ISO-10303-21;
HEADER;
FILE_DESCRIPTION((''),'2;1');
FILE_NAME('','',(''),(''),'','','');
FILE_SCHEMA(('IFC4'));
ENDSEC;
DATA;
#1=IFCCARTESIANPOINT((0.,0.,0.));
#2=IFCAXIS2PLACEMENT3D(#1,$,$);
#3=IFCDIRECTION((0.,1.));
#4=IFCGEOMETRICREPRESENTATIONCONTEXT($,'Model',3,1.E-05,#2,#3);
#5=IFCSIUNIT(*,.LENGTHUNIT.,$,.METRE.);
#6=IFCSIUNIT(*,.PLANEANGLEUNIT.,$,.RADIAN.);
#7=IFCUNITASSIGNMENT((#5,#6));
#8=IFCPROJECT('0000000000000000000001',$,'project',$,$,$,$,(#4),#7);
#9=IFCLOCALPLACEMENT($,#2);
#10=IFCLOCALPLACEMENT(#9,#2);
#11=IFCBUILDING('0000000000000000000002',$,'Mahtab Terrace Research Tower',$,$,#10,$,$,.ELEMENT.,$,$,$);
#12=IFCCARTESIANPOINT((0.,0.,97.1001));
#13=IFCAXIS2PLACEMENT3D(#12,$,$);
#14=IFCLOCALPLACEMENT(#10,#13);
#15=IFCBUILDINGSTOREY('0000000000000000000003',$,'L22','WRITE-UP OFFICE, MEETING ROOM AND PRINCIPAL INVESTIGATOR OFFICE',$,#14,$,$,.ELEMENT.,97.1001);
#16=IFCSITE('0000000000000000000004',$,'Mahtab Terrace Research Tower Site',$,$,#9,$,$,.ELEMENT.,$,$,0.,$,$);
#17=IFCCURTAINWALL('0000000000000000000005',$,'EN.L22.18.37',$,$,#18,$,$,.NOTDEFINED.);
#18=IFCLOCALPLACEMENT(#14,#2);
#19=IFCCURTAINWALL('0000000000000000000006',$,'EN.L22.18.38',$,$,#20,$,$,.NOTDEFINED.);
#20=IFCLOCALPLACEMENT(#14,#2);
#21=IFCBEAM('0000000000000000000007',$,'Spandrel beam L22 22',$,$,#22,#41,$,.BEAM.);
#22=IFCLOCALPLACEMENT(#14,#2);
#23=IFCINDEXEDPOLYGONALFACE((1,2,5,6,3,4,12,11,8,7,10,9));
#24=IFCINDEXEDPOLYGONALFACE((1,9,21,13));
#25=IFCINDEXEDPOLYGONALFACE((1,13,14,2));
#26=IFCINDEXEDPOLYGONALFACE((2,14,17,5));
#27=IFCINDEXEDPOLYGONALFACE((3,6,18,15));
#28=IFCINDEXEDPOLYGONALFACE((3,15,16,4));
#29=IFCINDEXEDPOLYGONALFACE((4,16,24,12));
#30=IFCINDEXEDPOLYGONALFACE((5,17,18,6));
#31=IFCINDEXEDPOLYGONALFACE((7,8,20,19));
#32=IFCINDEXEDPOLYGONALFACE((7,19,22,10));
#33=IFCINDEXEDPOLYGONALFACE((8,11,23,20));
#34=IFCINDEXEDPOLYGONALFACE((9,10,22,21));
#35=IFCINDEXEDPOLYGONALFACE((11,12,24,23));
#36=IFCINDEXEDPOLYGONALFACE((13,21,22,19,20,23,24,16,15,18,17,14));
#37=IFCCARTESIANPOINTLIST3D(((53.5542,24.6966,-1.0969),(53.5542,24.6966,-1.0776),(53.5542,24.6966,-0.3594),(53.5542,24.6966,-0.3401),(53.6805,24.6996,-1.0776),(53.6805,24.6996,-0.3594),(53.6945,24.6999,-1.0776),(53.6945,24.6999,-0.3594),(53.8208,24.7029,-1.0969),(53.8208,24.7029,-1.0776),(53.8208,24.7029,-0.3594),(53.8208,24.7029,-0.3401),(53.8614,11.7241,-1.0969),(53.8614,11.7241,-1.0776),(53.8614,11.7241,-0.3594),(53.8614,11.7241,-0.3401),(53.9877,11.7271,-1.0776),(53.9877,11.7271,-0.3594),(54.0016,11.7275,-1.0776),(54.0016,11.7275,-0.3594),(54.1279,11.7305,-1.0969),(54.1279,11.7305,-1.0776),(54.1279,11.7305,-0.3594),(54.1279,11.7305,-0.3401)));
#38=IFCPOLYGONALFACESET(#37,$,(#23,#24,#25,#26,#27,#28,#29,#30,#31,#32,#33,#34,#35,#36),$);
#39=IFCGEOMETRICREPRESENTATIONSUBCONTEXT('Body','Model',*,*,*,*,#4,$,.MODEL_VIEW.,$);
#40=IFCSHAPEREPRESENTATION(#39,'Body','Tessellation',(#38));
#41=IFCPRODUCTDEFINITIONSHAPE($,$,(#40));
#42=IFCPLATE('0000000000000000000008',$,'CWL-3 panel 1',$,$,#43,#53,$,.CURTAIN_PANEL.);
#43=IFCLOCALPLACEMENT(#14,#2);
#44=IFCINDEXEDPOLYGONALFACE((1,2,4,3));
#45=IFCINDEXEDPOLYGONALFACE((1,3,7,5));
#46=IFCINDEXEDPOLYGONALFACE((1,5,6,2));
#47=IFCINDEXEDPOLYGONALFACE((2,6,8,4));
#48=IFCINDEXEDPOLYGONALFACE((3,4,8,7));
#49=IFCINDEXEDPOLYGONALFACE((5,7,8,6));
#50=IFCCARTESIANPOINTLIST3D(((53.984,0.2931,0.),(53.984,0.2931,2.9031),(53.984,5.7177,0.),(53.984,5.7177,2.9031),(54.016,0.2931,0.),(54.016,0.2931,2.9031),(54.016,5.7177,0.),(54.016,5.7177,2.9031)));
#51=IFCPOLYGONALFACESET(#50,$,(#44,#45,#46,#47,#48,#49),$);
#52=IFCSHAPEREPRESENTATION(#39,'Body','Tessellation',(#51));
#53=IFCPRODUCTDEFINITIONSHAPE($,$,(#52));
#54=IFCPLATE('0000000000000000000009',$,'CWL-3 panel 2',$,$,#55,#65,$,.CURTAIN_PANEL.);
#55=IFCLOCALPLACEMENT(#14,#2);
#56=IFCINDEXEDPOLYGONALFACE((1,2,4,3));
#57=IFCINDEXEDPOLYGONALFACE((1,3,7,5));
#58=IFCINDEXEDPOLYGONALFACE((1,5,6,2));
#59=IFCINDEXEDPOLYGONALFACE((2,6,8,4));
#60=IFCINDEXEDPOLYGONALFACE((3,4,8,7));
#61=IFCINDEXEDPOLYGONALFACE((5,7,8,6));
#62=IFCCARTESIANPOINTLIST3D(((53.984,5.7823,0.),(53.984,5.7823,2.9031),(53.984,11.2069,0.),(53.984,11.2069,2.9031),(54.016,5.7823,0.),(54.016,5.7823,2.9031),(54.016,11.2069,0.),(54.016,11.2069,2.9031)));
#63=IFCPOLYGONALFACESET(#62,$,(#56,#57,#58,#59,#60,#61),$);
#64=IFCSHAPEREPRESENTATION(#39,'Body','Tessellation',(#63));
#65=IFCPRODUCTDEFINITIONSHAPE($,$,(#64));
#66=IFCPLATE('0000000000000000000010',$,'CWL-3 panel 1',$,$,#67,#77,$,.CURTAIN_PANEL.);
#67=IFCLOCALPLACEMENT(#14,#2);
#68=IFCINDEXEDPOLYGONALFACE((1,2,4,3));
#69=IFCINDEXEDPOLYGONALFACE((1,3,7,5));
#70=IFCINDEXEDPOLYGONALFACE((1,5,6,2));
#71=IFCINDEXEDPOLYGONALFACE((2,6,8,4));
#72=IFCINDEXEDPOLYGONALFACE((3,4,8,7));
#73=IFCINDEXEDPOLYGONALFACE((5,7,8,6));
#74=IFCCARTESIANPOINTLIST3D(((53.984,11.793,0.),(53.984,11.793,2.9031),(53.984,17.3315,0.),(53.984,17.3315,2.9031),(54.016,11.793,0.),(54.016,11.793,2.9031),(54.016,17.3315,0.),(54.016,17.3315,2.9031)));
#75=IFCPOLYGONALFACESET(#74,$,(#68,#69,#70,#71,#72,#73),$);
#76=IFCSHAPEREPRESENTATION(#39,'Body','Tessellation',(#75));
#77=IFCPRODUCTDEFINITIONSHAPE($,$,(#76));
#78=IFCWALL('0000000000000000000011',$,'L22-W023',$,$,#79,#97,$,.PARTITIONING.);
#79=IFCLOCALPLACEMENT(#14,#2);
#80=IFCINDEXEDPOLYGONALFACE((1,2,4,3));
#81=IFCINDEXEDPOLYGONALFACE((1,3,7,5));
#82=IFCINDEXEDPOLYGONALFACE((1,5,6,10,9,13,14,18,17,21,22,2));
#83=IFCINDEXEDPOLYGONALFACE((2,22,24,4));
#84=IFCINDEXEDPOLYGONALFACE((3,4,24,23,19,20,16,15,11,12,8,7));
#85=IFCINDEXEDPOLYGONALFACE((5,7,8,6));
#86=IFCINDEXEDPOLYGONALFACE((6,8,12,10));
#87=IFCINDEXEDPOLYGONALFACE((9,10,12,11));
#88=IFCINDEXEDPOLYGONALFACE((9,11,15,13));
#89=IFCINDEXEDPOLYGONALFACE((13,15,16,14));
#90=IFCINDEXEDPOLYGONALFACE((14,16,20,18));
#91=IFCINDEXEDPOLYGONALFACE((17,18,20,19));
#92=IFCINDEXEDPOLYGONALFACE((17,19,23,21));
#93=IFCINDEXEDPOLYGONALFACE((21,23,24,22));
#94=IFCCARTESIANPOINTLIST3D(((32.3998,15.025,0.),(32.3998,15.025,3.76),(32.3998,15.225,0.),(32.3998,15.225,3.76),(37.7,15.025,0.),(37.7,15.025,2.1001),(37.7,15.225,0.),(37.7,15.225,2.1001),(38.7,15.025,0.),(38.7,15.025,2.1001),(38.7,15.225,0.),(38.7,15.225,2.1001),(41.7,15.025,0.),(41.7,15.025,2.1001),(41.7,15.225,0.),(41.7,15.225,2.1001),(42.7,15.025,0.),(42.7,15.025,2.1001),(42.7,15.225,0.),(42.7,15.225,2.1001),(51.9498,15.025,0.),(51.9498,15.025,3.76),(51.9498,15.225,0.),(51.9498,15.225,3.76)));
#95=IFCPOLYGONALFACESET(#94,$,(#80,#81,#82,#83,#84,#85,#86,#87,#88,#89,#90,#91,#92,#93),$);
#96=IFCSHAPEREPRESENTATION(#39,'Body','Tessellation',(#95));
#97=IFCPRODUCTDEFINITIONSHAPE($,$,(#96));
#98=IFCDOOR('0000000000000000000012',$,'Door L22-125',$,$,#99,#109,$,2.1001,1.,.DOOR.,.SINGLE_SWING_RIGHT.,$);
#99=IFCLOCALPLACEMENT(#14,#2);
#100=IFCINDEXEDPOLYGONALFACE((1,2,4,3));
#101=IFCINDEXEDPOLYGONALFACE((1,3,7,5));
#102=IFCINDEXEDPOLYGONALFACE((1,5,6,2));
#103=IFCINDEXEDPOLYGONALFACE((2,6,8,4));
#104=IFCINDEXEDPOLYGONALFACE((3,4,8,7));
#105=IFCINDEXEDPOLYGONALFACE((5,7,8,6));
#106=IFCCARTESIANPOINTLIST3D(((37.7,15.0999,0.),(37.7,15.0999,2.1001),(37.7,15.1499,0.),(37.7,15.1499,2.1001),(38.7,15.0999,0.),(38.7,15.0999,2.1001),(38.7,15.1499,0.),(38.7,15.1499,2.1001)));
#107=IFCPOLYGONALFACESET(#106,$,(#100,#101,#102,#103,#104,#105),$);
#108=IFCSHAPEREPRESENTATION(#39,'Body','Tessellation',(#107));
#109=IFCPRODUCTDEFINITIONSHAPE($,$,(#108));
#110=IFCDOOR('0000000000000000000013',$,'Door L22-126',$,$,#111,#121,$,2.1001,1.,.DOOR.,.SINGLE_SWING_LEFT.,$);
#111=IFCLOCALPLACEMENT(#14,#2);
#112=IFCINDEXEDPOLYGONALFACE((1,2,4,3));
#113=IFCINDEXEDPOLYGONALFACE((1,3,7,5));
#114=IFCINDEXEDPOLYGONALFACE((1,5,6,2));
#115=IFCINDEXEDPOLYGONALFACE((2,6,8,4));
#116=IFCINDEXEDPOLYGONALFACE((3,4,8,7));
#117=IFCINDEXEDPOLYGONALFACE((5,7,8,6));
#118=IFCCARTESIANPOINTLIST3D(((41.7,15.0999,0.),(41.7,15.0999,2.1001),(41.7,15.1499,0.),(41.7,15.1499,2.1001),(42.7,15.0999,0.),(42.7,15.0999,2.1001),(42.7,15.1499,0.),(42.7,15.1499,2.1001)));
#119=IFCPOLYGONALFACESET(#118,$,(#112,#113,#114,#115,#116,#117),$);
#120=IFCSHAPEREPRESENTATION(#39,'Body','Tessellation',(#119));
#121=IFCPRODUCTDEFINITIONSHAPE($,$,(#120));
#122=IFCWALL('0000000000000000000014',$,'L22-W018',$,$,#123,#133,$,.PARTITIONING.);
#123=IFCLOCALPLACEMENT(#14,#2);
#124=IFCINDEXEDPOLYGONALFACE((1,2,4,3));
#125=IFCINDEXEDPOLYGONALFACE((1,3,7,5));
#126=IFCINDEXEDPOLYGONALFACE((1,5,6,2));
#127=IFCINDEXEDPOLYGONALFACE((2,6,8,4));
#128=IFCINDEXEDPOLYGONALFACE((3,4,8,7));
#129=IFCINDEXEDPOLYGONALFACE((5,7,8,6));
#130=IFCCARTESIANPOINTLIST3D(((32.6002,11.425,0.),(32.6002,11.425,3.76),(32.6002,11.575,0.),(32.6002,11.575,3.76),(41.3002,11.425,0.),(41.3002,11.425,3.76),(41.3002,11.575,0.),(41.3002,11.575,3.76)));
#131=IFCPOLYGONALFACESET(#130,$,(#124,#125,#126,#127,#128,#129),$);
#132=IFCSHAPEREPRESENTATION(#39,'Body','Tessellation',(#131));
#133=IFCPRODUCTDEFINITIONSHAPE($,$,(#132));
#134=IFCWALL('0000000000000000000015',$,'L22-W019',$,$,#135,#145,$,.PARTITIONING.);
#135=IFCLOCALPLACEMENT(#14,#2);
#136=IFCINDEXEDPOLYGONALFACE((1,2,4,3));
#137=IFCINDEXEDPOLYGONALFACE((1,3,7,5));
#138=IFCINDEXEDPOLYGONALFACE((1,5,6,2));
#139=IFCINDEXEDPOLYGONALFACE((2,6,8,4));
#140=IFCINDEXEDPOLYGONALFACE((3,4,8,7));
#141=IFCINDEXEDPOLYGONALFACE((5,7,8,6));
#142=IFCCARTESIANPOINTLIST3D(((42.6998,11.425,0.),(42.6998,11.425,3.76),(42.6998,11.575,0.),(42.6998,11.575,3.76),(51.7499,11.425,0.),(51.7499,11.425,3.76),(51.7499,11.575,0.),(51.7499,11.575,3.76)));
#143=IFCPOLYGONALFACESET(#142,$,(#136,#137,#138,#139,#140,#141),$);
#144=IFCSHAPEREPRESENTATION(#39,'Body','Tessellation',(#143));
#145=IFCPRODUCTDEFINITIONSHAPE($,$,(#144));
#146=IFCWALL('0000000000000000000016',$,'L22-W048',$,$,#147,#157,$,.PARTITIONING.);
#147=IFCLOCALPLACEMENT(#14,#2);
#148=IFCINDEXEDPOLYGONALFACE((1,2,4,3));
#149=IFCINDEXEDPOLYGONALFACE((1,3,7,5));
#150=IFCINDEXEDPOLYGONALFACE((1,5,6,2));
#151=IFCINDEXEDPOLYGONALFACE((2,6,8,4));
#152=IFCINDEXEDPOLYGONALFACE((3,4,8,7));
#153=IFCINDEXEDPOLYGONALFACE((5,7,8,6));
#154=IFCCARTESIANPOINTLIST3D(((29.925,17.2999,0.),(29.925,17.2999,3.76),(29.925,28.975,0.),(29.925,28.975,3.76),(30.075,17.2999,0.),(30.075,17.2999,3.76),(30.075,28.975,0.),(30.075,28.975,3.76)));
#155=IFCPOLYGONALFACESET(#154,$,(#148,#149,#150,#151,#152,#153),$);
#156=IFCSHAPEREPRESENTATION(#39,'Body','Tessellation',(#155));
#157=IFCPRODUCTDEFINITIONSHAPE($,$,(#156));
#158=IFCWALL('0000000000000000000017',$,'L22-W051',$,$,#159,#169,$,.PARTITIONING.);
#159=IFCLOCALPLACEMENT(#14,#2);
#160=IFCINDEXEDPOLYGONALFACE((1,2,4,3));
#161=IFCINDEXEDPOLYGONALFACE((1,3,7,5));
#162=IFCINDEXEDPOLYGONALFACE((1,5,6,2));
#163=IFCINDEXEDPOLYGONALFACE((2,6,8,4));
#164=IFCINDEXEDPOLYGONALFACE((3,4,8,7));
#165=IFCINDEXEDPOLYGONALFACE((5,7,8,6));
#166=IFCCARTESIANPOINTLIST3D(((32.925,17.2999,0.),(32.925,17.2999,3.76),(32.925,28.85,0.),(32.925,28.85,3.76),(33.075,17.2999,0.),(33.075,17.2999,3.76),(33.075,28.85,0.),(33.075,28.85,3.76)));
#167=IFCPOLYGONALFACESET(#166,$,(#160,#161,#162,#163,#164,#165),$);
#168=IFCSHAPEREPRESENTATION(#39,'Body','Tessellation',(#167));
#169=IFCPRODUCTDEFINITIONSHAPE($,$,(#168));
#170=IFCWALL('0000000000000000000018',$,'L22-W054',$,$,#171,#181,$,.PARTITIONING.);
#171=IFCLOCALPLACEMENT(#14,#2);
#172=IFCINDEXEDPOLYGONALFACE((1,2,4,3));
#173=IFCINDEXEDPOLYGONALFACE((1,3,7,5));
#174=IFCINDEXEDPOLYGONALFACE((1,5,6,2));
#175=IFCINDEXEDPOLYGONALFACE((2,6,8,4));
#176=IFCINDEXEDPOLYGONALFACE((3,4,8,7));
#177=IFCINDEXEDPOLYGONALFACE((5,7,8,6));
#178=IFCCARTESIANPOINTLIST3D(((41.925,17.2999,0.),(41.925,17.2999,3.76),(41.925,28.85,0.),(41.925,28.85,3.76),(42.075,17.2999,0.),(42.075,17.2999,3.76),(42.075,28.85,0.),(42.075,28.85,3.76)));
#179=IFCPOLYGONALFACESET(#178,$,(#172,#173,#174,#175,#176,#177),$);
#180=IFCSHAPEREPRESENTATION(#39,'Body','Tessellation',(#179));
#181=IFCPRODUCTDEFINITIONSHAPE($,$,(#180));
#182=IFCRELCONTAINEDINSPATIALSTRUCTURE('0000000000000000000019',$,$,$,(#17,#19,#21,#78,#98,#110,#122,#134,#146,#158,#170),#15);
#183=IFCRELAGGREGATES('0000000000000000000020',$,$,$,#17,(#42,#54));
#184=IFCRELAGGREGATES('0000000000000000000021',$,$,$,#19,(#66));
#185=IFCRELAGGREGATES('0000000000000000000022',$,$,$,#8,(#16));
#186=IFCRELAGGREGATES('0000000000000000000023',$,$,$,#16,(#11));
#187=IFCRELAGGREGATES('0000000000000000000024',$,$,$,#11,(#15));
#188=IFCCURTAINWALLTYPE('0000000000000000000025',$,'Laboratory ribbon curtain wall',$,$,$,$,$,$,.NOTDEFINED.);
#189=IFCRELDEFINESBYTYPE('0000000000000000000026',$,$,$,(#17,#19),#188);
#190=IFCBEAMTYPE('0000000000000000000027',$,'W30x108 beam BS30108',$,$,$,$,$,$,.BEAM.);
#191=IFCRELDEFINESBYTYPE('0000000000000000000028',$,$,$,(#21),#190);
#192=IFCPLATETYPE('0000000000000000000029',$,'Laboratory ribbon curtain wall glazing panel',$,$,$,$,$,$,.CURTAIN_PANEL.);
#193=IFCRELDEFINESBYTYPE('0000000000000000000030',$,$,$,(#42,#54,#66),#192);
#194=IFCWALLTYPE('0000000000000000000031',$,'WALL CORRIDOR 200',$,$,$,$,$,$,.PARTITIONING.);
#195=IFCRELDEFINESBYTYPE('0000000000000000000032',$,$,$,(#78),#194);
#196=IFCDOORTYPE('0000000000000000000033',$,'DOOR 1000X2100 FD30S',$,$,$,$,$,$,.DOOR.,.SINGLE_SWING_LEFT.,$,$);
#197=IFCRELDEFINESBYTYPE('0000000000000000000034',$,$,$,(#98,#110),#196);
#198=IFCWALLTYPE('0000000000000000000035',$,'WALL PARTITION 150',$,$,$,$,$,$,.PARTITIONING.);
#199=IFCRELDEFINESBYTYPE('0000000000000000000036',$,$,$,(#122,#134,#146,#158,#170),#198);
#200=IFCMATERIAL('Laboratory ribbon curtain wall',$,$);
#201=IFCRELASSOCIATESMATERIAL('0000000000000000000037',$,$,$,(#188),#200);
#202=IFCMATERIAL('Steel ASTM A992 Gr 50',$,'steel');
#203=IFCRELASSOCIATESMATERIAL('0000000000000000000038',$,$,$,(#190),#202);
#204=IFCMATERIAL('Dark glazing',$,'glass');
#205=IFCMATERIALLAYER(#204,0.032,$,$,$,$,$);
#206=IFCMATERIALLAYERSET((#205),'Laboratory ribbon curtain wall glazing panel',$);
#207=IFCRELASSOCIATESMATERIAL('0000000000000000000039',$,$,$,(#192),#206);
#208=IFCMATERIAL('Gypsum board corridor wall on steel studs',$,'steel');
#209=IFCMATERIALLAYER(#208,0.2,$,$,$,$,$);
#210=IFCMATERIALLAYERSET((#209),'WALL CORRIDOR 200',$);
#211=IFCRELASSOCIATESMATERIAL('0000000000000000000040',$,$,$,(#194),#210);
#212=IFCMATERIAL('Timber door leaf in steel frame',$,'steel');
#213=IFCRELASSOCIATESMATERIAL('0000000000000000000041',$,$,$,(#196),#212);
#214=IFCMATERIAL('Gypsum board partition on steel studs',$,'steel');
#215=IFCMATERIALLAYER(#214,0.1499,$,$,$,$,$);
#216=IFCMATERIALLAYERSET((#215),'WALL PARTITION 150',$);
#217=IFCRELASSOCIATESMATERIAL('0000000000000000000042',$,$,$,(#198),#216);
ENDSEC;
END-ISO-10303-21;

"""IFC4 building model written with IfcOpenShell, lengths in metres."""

from ifc_helpers import new_model, si_unit, direction, frame, frame_2d, origin, origin_2d, place, context, subcontext, project, spatial, rectangle, i_section, extrude, material, layer, layer_set, material_profile, profile_set, type_object, element, fill, aggregate, save


model = new_model("IFC4")

# Units and contexts
model_context = context("Model", 3, precision=1e-05, world=origin(), true_north=direction((0.0, 1.0)))
body_context = subcontext(model_context, "Body", "Model", "MODEL_VIEW")
ifc_project = project(units=[si_unit("LENGTHUNIT", "METRE"), si_unit("PLANEANGLEUNIT", "RADIAN")], contexts=[model_context])

# Site, building, storey
site_placement = place(None, origin())
site = spatial("IfcSite", under=ifc_project, at=site_placement, Name="Mahtab Terrace Research Tower Site", CompositionType="ELEMENT", RefElevation=0.0)
building_placement = place(site_placement, origin())
building = spatial("IfcBuilding", under=site, at=building_placement, Name="Mahtab Terrace Research Tower", CompositionType="ELEMENT")
storey_placement = place(building_placement, frame((0.0, 0.0, 97.1001)))
storey = spatial("IfcBuildingStorey", under=building, at=storey_placement, Name="L22", Description="WRITE-UP OFFICE, MEETING ROOM AND PRINCIPAL INVESTIGATOR OFFICE", CompositionType="ELEMENT", Elevation=97.1001)

# Shared definitions
ifc_material_1 = material(Name="Steel ASTM A992 Gr 50", Category="steel")

# Curtain walls
ifc_material_2 = material(Name="Laboratory ribbon curtain wall")
curtain_wall_type = type_object("IfcCurtainWallType", Name="Laboratory ribbon curtain wall", PredefinedType="NOTDEFINED", material=ifc_material_2)
curtain_wall_1_placement = place(storey_placement, origin())
curtain_wall_1 = element("IfcCurtainWall", 1, at=curtain_wall_1_placement, inside=storey, type_object=curtain_wall_type, Name="EN.L22.18.37", PredefinedType="NOTDEFINED")
curtain_wall_2_placement = place(storey_placement, origin())
curtain_wall_2 = element("IfcCurtainWall", 2, at=curtain_wall_2_placement, inside=storey, type_object=curtain_wall_type, Name="EN.L22.18.38", PredefinedType="NOTDEFINED")

# Beam
ifc_material_profile_1 = material_profile(ifc_material_1, i_section(OverallWidth=0.2666, OverallDepth=0.7568, WebThickness=0.0139, FlangeThickness=0.0193, at=origin_2d()), Name="W30X108")
ifc_profile_set_1 = profile_set([ifc_material_profile_1], Name="Steel ASTM A992 Gr 50")
beam_type = type_object("IfcBeamType", Name="W30x108 beam BS30108", PredefinedType="BEAM", material=ifc_profile_set_1)
beam_1_placement = place(storey_placement, frame((53.9946, 11.7273, -0.7185), z_axis=(-0.023669, 0.99972, 0.0), x_axis=(-0.99972, -0.023669, 0.0)))
element("IfcBeam", 3, at=beam_1_placement, inside=storey, type_object=beam_type, Name="Spandrel beam L22 22", PredefinedType="BEAM", context=body_context, shape_type="SweptSolid", body=[
    extrude(i_section(OverallWidth=0.2666, OverallDepth=0.7568, WebThickness=0.0139, FlangeThickness=0.0193, at=origin_2d()), origin(), (0.0, 0.0, 1.0), 12.9761),
])

# Plates
ifc_material_3 = material(Name="Dark glazing", Category="glass")
ifc_layer_1 = layer(ifc_material_3, 0.032)
ifc_layer_set_1 = layer_set([ifc_layer_1], Name="Laboratory ribbon curtain wall glazing panel")
plate_type = type_object("IfcPlateType", Name="Laboratory ribbon curtain wall glazing panel", PredefinedType="CURTAIN_PANEL", material=ifc_layer_set_1)
plate_1_placement = place(storey_placement, frame((54.0, 3.0054, 0.0), z_axis=(0.0, 0.0, 1.0), x_axis=(0.0, 1.0, 0.0)))
plate_1 = element("IfcPlate", 4, at=plate_1_placement, type_object=plate_type, Name="CWL-3 panel 1", PredefinedType="CURTAIN_PANEL", context=body_context, shape_type="SweptSolid", body=[
    extrude(rectangle(XDim=5.4246, YDim=0.032, at=origin_2d()), origin(), (0.0, 0.0, 1.0), 2.9031),
])
plate_2_placement = place(storey_placement, frame((54.0, 8.4946, 0.0), z_axis=(0.0, 0.0, 1.0), x_axis=(0.0, 1.0, 0.0)))
plate_2 = element("IfcPlate", 5, at=plate_2_placement, type_object=plate_type, Name="CWL-3 panel 2", PredefinedType="CURTAIN_PANEL", context=body_context, shape_type="SweptSolid", body=[
    extrude(rectangle(XDim=5.4246, YDim=0.032, at=origin_2d()), origin(), (0.0, 0.0, 1.0), 2.9031),
])
aggregate(curtain_wall_1, [plate_1, plate_2])
plate_3_placement = place(storey_placement, frame((54.0, 14.5623, 0.0), z_axis=(0.0, 0.0, 1.0), x_axis=(0.0, 1.0, 0.0)))
plate_3 = element("IfcPlate", 6, at=plate_3_placement, type_object=plate_type, Name="CWL-3 panel 1", PredefinedType="CURTAIN_PANEL", context=body_context, shape_type="SweptSolid", body=[
    extrude(rectangle(XDim=5.5386, YDim=0.032, at=origin_2d()), origin(), (0.0, 0.0, 1.0), 2.9031),
])
aggregate(curtain_wall_2, [plate_3])

# Wall, openings, doors
ifc_material_4 = material(Name="Gypsum board corridor wall on steel studs", Category="steel")
ifc_layer_2 = layer(ifc_material_4, 0.2)
ifc_layer_set_2 = layer_set([ifc_layer_2], Name="WALL CORRIDOR 200")
wall_type_1 = type_object("IfcWallType", Name="WALL CORRIDOR 200", PredefinedType="PARTITIONING", material=ifc_layer_set_2)
wall_1_placement = place(storey_placement, frame((32.3999, 15.125, 0.0), z_axis=(0.0, 0.0, 1.0), x_axis=(1.0, 0.0, 0.0)))
wall_1 = element("IfcWall", 7, at=wall_1_placement, inside=storey, type_object=wall_type_1, Name="L22-W023", PredefinedType="PARTITIONING", context=body_context, shape_type="SweptSolid", body=[
    extrude(rectangle(XDim=19.55, YDim=0.2, at=frame_2d((9.7749, 0.0))), origin(), (0.0, 0.0, 1.0), 3.76),
])
opening_1_placement = place(wall_1_placement, frame((5.3, 0.0, 0.0)))
opening_1 = element("IfcOpeningElement", 8, at=opening_1_placement, cuts=wall_1, PredefinedType="OPENING", context=body_context, shape_type="SweptSolid", body=[
    extrude(rectangle(XDim=1.0, YDim=2.1001, at=frame_2d((0.5, 1.05))), frame((0.0, 0.1099, 0.0), z_axis=(0.0, -1.0, 0.0), x_axis=(1.0, 0.0, 0.0)), (0.0, 0.0, 1.0), 0.22),
])
opening_2_placement = place(wall_1_placement, frame((9.3, 0.0, 0.0)))
opening_2 = element("IfcOpeningElement", 9, at=opening_2_placement, cuts=wall_1, PredefinedType="OPENING", context=body_context, shape_type="SweptSolid", body=[
    extrude(rectangle(XDim=1.0, YDim=2.1001, at=frame_2d((0.5, 1.05))), frame((0.0, 0.1099, 0.0), z_axis=(0.0, -1.0, 0.0), x_axis=(1.0, 0.0, 0.0)), (0.0, 0.0, 1.0), 0.22),
])
ifc_material_5 = material(Name="Timber door leaf in steel frame", Category="steel")
door_type = type_object("IfcDoorType", Name="DOOR 1000X2100 FD30S", OperationType="SINGLE_SWING_LEFT", PredefinedType="DOOR", material=ifc_material_5)
door_1_placement = place(opening_1_placement, origin())
door_1 = element("IfcDoor", 10, at=door_1_placement, inside=storey, type_object=door_type, Name="Door L22-125", OperationType="SINGLE_SWING_RIGHT", OverallHeight=2.1001, OverallWidth=1.0, PredefinedType="DOOR", context=body_context, shape_type="SweptSolid", body=[
    extrude(rectangle(XDim=1.0, YDim=2.1001, at=frame_2d((0.5, 1.05))), frame((0.0, 0.0249, 0.0), z_axis=(0.0, -1.0, 0.0), x_axis=(1.0, 0.0, 0.0)), (0.0, 0.0, 1.0), 0.05),
])
fill(opening_1, door_1)
door_2_placement = place(opening_2_placement, origin())
door_2 = element("IfcDoor", 11, at=door_2_placement, inside=storey, type_object=door_type, Name="Door L22-126", OperationType="SINGLE_SWING_LEFT", OverallHeight=2.1001, OverallWidth=1.0, PredefinedType="DOOR", context=body_context, shape_type="SweptSolid", body=[
    extrude(rectangle(XDim=1.0, YDim=2.1001, at=frame_2d((0.5, 1.05))), frame((0.0, 0.0249, 0.0), z_axis=(0.0, -1.0, 0.0), x_axis=(1.0, 0.0, 0.0)), (0.0, 0.0, 1.0), 0.05),
])
fill(opening_2, door_2)

# Walls
ifc_material_6 = material(Name="Gypsum board partition on steel studs", Category="steel")
ifc_layer_3 = layer(ifc_material_6, 0.1499)
ifc_layer_set_3 = layer_set([ifc_layer_3], Name="WALL PARTITION 150")
wall_type_2 = type_object("IfcWallType", Name="WALL PARTITION 150", PredefinedType="PARTITIONING", material=ifc_layer_set_3)
wall_2_placement = place(storey_placement, frame((32.6001, 11.5, 0.0), z_axis=(0.0, 0.0, 1.0), x_axis=(1.0, 0.0, 0.0)))
element("IfcWall", 12, at=wall_2_placement, inside=storey, type_object=wall_type_2, Name="L22-W018", PredefinedType="PARTITIONING", context=body_context, shape_type="SweptSolid", body=[
    extrude(rectangle(XDim=8.7, YDim=0.1499, at=frame_2d((4.3501, 0.0))), origin(), (0.0, 0.0, 1.0), 3.76),
])
wall_3_placement = place(storey_placement, frame((42.7, 11.5, 0.0), z_axis=(0.0, 0.0, 1.0), x_axis=(1.0, 0.0, 0.0)))
element("IfcWall", 13, at=wall_3_placement, inside=storey, type_object=wall_type_2, Name="L22-W019", PredefinedType="PARTITIONING", context=body_context, shape_type="SweptSolid", body=[
    extrude(rectangle(XDim=9.05, YDim=0.1499, at=frame_2d((4.5249, 0.0))), origin(), (0.0, 0.0, 1.0), 3.76),
])
wall_4_placement = place(storey_placement, frame((30.0, 17.3, 0.0), z_axis=(0.0, 0.0, 1.0), x_axis=(0.0, 1.0, 0.0)))
element("IfcWall", 14, at=wall_4_placement, inside=storey, type_object=wall_type_2, Name="L22-W048", PredefinedType="PARTITIONING", context=body_context, shape_type="SweptSolid", body=[
    extrude(rectangle(XDim=11.675, YDim=0.1499, at=frame_2d((5.8374, 0.0))), origin(), (0.0, 0.0, 1.0), 3.76),
])
for number, where, z_axis, x_axis, name in (
    (15, (33.0, 17.3, 0.0), (0.0, 0.0, 1.0), (0.0, 1.0, 0.0), "L22-W051"),
    (16, (42.0, 17.3, 0.0), (0.0, 0.0, 1.0), (0.0, 1.0, 0.0), "L22-W054"),
):
    element("IfcWall", number, at=place(storey_placement, frame(where, z_axis=z_axis, x_axis=x_axis)), inside=storey, type_object=wall_type_2, Name=name, PredefinedType="PARTITIONING", context=body_context, shape_type="SweptSolid", body=[
        extrude(rectangle(XDim=11.55, YDim=0.1499, at=frame_2d((5.7749, 0.0))), origin(), (0.0, 0.0, 1.0), 3.76),
    ])

save(model, "model.ifc")
